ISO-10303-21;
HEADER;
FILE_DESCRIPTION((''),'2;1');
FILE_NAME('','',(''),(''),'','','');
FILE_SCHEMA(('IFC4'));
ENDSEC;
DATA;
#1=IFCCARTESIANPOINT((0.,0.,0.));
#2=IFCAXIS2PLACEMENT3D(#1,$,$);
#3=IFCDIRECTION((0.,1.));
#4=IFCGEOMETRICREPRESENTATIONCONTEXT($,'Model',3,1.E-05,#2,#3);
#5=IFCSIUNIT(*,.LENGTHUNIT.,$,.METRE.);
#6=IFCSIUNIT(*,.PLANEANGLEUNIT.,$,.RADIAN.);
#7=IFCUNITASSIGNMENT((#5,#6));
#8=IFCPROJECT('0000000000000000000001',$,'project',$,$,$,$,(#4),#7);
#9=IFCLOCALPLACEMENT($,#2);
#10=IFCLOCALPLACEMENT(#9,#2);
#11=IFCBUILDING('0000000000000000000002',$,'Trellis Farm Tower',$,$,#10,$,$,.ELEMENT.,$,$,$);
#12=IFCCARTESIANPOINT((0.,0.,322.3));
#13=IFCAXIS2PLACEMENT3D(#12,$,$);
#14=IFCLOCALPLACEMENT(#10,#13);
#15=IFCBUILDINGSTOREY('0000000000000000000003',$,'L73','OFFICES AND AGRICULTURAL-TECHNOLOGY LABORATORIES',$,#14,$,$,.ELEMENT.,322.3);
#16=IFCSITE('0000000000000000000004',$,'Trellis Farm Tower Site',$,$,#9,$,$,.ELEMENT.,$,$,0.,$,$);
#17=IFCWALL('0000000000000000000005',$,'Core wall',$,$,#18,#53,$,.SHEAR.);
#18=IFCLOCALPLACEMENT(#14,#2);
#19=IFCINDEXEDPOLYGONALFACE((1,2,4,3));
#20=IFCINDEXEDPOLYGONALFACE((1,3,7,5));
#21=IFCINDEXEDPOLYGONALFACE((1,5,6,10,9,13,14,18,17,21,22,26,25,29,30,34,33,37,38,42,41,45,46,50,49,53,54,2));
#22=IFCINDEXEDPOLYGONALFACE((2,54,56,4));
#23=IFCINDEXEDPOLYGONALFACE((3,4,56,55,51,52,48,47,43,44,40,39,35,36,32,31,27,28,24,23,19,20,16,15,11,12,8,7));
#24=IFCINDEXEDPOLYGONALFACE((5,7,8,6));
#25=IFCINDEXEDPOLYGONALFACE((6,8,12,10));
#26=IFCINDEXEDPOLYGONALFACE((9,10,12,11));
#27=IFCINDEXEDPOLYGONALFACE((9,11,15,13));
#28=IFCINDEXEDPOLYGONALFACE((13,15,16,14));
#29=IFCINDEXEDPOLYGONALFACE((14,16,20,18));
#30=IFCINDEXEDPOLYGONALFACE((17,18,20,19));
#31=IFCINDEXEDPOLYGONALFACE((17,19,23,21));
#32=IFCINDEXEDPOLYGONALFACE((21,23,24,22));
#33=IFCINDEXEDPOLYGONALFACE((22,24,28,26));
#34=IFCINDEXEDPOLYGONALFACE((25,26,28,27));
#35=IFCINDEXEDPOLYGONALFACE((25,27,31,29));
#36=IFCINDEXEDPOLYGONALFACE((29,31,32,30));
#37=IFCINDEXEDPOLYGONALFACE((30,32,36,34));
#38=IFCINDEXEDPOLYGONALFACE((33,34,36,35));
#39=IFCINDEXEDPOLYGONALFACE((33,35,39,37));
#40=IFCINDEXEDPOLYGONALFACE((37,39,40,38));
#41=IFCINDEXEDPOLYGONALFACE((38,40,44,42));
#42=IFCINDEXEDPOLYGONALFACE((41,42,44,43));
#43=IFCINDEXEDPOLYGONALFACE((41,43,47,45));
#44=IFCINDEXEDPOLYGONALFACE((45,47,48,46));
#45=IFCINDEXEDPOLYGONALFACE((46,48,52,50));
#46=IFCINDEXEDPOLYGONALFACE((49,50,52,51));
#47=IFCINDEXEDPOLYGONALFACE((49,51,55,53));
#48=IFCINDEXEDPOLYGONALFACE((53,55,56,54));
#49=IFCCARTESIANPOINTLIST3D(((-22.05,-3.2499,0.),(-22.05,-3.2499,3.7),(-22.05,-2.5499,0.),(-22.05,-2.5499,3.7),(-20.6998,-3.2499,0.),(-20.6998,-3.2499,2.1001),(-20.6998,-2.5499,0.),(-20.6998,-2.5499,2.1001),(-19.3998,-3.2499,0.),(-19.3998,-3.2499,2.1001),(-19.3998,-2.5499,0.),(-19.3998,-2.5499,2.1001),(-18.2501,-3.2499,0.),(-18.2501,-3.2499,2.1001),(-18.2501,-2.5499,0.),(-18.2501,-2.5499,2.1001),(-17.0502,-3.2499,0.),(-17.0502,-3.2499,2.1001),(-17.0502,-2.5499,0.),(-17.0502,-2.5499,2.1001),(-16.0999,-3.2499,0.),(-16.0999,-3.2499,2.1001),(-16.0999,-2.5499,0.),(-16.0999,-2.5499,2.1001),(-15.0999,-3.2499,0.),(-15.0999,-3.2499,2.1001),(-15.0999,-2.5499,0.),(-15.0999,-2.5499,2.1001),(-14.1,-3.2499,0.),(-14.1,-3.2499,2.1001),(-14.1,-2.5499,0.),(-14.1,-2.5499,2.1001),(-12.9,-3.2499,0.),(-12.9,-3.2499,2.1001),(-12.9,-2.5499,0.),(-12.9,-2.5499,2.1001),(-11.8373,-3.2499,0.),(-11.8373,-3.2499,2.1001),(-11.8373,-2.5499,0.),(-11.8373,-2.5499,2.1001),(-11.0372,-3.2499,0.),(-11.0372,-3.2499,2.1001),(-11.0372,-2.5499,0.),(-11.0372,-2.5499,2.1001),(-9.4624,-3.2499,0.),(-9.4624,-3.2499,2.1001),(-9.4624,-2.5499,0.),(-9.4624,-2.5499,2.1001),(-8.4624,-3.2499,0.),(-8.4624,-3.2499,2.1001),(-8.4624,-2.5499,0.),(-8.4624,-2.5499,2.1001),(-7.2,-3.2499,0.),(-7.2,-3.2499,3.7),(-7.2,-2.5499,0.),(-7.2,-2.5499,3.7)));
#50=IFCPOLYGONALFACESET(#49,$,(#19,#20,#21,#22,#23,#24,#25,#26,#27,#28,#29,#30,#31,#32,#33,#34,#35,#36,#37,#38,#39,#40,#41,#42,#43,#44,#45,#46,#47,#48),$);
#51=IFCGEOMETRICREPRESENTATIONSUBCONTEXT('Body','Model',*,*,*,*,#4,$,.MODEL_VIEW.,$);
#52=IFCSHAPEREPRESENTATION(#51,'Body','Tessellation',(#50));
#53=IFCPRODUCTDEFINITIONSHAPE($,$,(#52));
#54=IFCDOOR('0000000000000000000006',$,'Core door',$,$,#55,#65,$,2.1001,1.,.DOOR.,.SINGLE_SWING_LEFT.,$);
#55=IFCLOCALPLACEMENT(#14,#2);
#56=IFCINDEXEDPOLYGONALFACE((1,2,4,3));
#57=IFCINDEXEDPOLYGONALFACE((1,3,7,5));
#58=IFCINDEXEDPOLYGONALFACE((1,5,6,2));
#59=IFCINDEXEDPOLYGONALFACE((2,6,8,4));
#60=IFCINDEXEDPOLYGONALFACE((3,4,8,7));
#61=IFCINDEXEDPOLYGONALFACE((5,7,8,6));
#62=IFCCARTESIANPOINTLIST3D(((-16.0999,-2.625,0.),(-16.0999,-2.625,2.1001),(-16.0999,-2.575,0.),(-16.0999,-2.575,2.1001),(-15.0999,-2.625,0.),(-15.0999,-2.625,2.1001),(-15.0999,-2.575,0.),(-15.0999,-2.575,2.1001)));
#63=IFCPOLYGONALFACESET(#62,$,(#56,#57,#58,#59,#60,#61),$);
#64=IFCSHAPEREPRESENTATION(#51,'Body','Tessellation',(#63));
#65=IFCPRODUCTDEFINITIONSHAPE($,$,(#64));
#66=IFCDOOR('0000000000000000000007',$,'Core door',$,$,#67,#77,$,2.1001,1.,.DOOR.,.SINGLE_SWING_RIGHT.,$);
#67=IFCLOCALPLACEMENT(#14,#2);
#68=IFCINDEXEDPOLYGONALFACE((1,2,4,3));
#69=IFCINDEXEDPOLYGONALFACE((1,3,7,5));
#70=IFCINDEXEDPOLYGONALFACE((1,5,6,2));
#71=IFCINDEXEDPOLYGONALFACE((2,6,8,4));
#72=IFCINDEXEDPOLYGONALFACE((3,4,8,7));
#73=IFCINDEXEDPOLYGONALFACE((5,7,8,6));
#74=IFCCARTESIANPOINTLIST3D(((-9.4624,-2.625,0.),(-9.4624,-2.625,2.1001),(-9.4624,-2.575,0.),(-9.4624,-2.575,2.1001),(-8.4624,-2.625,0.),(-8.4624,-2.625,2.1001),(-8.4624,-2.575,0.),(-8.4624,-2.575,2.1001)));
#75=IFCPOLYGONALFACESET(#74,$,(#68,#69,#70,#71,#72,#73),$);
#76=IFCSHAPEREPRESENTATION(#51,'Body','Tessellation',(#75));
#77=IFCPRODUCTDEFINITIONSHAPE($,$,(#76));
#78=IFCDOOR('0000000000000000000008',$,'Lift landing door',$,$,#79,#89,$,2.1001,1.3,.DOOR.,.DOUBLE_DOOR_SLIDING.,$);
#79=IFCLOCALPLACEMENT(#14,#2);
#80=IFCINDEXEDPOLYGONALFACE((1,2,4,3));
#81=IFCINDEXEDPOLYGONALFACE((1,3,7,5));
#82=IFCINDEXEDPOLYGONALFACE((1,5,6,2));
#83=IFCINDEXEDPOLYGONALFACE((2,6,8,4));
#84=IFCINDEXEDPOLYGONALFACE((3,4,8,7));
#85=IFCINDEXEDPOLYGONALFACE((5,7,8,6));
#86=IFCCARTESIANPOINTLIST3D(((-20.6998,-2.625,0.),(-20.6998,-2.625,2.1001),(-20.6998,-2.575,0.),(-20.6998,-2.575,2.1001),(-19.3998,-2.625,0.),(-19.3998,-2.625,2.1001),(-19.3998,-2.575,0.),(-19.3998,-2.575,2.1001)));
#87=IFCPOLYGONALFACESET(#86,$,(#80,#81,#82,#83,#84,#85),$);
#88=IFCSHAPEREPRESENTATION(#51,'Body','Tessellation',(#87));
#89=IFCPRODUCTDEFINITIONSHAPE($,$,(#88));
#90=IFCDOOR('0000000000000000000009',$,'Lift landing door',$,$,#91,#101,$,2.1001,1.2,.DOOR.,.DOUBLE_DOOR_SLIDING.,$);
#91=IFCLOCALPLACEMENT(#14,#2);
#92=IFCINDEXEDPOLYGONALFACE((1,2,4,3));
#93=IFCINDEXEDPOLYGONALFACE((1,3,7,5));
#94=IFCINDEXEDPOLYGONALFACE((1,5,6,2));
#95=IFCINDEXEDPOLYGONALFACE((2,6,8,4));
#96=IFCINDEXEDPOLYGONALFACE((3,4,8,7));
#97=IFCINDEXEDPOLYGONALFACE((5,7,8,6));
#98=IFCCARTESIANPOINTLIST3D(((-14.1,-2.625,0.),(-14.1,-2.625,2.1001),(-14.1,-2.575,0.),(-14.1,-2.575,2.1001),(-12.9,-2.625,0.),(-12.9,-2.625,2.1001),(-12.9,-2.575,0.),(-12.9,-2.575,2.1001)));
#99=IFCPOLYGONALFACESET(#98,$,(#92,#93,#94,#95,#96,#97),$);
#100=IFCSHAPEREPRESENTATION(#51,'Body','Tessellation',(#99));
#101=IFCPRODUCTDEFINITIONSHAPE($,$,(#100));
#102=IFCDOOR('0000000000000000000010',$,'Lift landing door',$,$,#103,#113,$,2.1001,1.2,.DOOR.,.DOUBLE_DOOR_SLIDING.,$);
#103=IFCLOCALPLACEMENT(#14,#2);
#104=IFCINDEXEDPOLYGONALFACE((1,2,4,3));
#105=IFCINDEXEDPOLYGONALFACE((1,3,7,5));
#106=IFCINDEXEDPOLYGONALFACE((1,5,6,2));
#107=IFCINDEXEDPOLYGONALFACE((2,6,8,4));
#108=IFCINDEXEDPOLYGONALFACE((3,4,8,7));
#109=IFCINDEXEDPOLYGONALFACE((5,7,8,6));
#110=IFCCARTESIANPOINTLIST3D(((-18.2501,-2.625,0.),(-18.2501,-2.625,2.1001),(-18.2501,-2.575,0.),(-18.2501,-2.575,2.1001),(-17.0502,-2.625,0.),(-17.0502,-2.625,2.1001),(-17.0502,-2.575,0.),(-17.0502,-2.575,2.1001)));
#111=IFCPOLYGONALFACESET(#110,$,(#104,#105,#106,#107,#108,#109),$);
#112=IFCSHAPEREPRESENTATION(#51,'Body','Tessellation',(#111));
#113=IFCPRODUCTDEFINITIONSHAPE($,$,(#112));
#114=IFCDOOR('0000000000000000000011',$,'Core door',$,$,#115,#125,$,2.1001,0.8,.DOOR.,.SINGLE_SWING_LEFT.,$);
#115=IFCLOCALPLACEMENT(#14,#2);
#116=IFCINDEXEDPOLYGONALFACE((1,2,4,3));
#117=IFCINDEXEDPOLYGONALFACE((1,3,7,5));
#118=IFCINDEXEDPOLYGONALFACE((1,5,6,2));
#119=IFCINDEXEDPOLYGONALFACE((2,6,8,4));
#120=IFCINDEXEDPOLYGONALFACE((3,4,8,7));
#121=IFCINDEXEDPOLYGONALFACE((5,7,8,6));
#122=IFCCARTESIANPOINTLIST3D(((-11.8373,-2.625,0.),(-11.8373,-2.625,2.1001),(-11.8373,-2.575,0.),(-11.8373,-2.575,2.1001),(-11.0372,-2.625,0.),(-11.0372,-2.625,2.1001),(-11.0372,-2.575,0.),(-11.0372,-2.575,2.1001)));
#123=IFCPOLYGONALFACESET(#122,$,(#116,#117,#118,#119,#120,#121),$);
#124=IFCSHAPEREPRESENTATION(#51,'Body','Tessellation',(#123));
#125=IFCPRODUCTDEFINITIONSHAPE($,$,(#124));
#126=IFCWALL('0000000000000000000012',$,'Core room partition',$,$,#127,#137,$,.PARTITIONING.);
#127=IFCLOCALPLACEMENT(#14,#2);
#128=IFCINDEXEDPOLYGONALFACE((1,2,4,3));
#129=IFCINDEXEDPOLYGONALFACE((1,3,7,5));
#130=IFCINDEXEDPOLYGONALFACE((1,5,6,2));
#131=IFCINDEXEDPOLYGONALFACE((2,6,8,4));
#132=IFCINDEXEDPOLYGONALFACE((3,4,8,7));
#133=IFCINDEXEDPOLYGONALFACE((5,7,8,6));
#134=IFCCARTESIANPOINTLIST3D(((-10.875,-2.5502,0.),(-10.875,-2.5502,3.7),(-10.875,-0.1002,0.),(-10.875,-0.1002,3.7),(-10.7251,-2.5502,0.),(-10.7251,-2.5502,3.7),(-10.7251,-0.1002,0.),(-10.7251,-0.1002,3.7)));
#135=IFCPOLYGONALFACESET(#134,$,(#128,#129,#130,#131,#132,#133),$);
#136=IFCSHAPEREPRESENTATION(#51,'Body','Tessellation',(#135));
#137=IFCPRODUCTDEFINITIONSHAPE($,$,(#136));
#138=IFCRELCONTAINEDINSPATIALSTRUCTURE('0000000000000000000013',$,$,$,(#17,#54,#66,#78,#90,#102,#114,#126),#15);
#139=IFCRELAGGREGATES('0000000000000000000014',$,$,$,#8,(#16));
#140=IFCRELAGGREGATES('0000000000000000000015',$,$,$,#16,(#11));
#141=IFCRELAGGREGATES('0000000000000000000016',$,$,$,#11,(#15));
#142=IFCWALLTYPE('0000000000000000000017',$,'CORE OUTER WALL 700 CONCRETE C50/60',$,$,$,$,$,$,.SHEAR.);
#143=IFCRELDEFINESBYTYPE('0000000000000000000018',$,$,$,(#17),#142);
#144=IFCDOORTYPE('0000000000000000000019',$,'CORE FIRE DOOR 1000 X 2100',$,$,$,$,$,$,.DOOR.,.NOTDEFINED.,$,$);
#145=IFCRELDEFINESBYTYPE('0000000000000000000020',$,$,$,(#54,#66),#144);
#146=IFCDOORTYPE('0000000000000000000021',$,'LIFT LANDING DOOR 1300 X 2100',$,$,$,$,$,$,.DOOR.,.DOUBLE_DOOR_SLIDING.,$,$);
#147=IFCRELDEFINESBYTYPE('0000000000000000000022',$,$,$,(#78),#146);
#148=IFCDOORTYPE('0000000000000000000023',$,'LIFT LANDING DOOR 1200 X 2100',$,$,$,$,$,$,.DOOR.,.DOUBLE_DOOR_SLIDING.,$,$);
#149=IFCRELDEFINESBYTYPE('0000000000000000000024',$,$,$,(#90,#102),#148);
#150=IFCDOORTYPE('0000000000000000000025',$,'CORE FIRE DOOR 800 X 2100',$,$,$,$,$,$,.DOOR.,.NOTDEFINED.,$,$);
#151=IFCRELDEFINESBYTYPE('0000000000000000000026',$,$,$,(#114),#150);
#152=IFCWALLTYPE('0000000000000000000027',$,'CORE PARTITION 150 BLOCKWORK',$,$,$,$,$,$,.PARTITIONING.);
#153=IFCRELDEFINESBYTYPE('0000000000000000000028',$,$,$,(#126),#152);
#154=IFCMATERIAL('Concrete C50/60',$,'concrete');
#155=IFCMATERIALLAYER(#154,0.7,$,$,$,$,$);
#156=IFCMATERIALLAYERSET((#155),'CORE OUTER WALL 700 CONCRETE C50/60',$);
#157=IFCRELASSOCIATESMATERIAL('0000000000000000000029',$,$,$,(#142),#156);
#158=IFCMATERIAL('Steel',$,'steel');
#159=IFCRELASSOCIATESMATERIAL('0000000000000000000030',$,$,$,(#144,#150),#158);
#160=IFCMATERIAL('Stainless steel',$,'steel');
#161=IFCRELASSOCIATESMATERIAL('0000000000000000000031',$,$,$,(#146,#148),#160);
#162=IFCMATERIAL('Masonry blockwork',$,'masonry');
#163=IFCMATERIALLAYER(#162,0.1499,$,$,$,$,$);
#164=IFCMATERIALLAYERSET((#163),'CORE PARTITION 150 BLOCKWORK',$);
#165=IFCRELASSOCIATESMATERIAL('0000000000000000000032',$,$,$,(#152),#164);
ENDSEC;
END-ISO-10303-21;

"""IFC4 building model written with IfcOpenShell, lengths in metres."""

from ifc_helpers import new_model, si_unit, direction, frame, frame_2d, origin, place, context, subcontext, project, spatial, rectangle, extrude, source, transform, mapped, material, layer, layer_set, type_object, element, fill, save


model = new_model("IFC4")

# Units and contexts
model_context = context("Model", 3, precision=1e-05, world=origin(), true_north=direction((0.0, 1.0)))
body_context = subcontext(model_context, "Body", "Model", "MODEL_VIEW")
ifc_project = project(units=[si_unit("LENGTHUNIT", "METRE"), si_unit("PLANEANGLEUNIT", "RADIAN")], contexts=[model_context])

# Site, building, storey
site_placement = place(None, origin())
site = spatial("IfcSite", under=ifc_project, at=site_placement, Name="Trellis Farm Tower Site", CompositionType="ELEMENT", RefElevation=0.0)
building_placement = place(site_placement, origin())
building = spatial("IfcBuilding", under=site, at=building_placement, Name="Trellis Farm Tower", CompositionType="ELEMENT")
storey_placement = place(building_placement, frame((0.0, 0.0, 322.3)))
storey = spatial("IfcBuildingStorey", under=building, at=storey_placement, Name="L73", Description="OFFICES AND AGRICULTURAL-TECHNOLOGY LABORATORIES", CompositionType="ELEMENT", Elevation=322.3)

# Shared definitions
ifc_material_1 = material(Name="Concrete C50/60", Category="concrete")

# Shared definitions
ifc_material_2 = material(Name="Masonry blockwork", Category="masonry")
ifc_material_3 = material(Name="Steel", Category="steel")

# Wall, openings, doors
ifc_layer_1 = layer(ifc_material_1, 0.7)
ifc_layer_set_1 = layer_set([ifc_layer_1], Name="CORE OUTER WALL 700 CONCRETE C50/60")
wall_type_1 = type_object("IfcWallType", Name="CORE OUTER WALL 700 CONCRETE C50/60", PredefinedType="SHEAR", material=ifc_layer_set_1)
shared_shape_1 = source(origin(), body_context, "Body", "SweptSolid", [
    extrude(rectangle(XDim=14.8501, YDim=0.7, at=frame_2d((7.425, 0.0))), origin(), (0.0, 0.0, 1.0), 3.7),
])
wall_1_placement = place(storey_placement, frame((-7.2, -2.8999, 0.0), z_axis=(0.0, 0.0, 1.0), x_axis=(-1.0, 0.0, 0.0)))
wall_1 = element("IfcWall", 1, at=wall_1_placement, inside=storey, type_object=wall_type_1, Name="Core wall", PredefinedType="SHEAR", context=body_context, shape_type="MappedRepresentation", body=[
    mapped(shared_shape_1, transform((0.0, 0.0, 0.0))),
])
shared_shape_2 = source(origin(), body_context, "Body", "SweptSolid", [
    extrude(rectangle(XDim=1.2, YDim=2.1001, at=frame_2d((0.6001, 1.05))), frame((0.0, 0.3601, 0.0), z_axis=(0.0, -1.0, 0.0), x_axis=(1.0, 0.0, 0.0)), (0.0, 0.0, 1.0), 0.7202),
])
opening_1_placement = place(wall_1_placement, frame((5.7, 0.0, 0.0)))
opening_1 = element("IfcOpeningElement", 2, at=opening_1_placement, cuts=wall_1, PredefinedType="OPENING", context=body_context, shape_type="MappedRepresentation", body=[
    mapped(shared_shape_2, transform((0.0, 0.0, 0.0))),
])
shared_shape_3 = source(origin(), body_context, "Body", "SweptSolid", [
    extrude(rectangle(XDim=1.3, YDim=2.1001, at=frame_2d((0.6499, 1.05))), frame((0.0, 0.3601, 0.0), z_axis=(0.0, -1.0, 0.0), x_axis=(1.0, 0.0, 0.0)), (0.0, 0.0, 1.0), 0.7202),
])
opening_2_placement = place(wall_1_placement, frame((12.2, 0.0, 0.0)))
opening_2 = element("IfcOpeningElement", 3, at=opening_2_placement, cuts=wall_1, PredefinedType="OPENING", context=body_context, shape_type="MappedRepresentation", body=[
    mapped(shared_shape_3, transform((0.0, 0.0, 0.0))),
])
opening_3_placement = place(wall_1_placement, frame((9.8501, 0.0, 0.0)))
opening_3 = element("IfcOpeningElement", 4, at=opening_3_placement, cuts=wall_1, PredefinedType="OPENING", context=body_context, shape_type="MappedRepresentation", body=[
    mapped(shared_shape_2, transform((0.0, 0.0, 0.0))),
])
shared_shape_4 = source(origin(), body_context, "Body", "SweptSolid", [
    extrude(rectangle(XDim=1.0, YDim=2.1001, at=frame_2d((0.5, 1.05))), frame((0.0, 0.3601, 0.0), z_axis=(0.0, -1.0, 0.0), x_axis=(1.0, 0.0, 0.0)), (0.0, 0.0, 1.0), 0.7202),
])
opening_4_placement = place(wall_1_placement, frame((7.8999, 0.0, 0.0)))
opening_4 = element("IfcOpeningElement", 5, at=opening_4_placement, cuts=wall_1, PredefinedType="OPENING", context=body_context, shape_type="MappedRepresentation", body=[
    mapped(shared_shape_4, transform((0.0, 0.0, 0.0))),
])
opening_5_placement = place(wall_1_placement, frame((1.2625, 0.0, 0.0)))
opening_5 = element("IfcOpeningElement", 6, at=opening_5_placement, cuts=wall_1, PredefinedType="OPENING", context=body_context, shape_type="MappedRepresentation", body=[
    mapped(shared_shape_4, transform((0.0, 0.0, 0.0))),
])
shared_shape_5 = source(origin(), body_context, "Body", "SweptSolid", [
    extrude(rectangle(XDim=0.8, YDim=2.1001, at=frame_2d((0.3999, 1.05))), frame((0.0, 0.3601, 0.0), z_axis=(0.0, -1.0, 0.0), x_axis=(1.0, 0.0, 0.0)), (0.0, 0.0, 1.0), 0.7202),
])
opening_6_placement = place(wall_1_placement, frame((3.8374, 0.0, 0.0)))
opening_6 = element("IfcOpeningElement", 7, at=opening_6_placement, cuts=wall_1, PredefinedType="OPENING", context=body_context, shape_type="MappedRepresentation", body=[
    mapped(shared_shape_5, transform((0.0, 0.0, 0.0))),
])
door_type_1 = type_object("IfcDoorType", Name="CORE FIRE DOOR 1000 X 2100", OperationType="NOTDEFINED", PredefinedType="DOOR", material=ifc_material_3)
shared_shape_6 = source(origin(), body_context, "Body", "SweptSolid", [
    extrude(rectangle(XDim=1.0, YDim=2.1001, at=frame_2d((0.5, 1.05))), frame((0.0, -0.2749, 0.0), z_axis=(0.0, -1.0, 0.0), x_axis=(1.0, 0.0, 0.0)), (0.0, 0.0, 1.0), 0.05),
])
door_1_placement = place(opening_4_placement, origin())
door_1 = element("IfcDoor", 8, at=door_1_placement, inside=storey, type_object=door_type_1, Name="Core door", OperationType="SINGLE_SWING_LEFT", OverallHeight=2.1001, OverallWidth=1.0, PredefinedType="DOOR", context=body_context, shape_type="MappedRepresentation", body=[
    mapped(shared_shape_6, transform((0.0, 0.0, 0.0))),
])
fill(opening_4, door_1)
door_2_placement = place(opening_5_placement, origin())
door_2 = element("IfcDoor", 9, at=door_2_placement, inside=storey, type_object=door_type_1, Name="Core door", OperationType="SINGLE_SWING_RIGHT", OverallHeight=2.1001, OverallWidth=1.0, PredefinedType="DOOR", context=body_context, shape_type="MappedRepresentation", body=[
    mapped(shared_shape_6, transform((0.0, 0.0, 0.0))),
])
fill(opening_5, door_2)
ifc_material_4 = material(Name="Stainless steel", Category="steel")
door_type_2 = type_object("IfcDoorType", Name="LIFT LANDING DOOR 1300 X 2100", OperationType="DOUBLE_DOOR_SLIDING", PredefinedType="DOOR", material=ifc_material_4)
shared_shape_7 = source(origin(), body_context, "Body", "SweptSolid", [
    extrude(rectangle(XDim=1.3, YDim=2.1001, at=frame_2d((0.6499, 1.05))), frame((0.0, -0.2749, 0.0), z_axis=(0.0, -1.0, 0.0), x_axis=(1.0, 0.0, 0.0)), (0.0, 0.0, 1.0), 0.05),
])
door_3_placement = place(opening_2_placement, origin())
door_3 = element("IfcDoor", 10, at=door_3_placement, inside=storey, type_object=door_type_2, Name="Lift landing door", OperationType="DOUBLE_DOOR_SLIDING", OverallHeight=2.1001, OverallWidth=1.3, PredefinedType="DOOR", context=body_context, shape_type="MappedRepresentation", body=[
    mapped(shared_shape_7, transform((0.0, 0.0, 0.0))),
])
fill(opening_2, door_3)
door_type_3 = type_object("IfcDoorType", Name="LIFT LANDING DOOR 1200 X 2100", OperationType="DOUBLE_DOOR_SLIDING", PredefinedType="DOOR", material=ifc_material_4)
shared_shape_8 = source(origin(), body_context, "Body", "SweptSolid", [
    extrude(rectangle(XDim=1.2, YDim=2.1001, at=frame_2d((0.6001, 1.05))), frame((0.0, -0.2749, 0.0), z_axis=(0.0, -1.0, 0.0), x_axis=(1.0, 0.0, 0.0)), (0.0, 0.0, 1.0), 0.05),
])
door_4_placement = place(opening_1_placement, origin())
door_4 = element("IfcDoor", 11, at=door_4_placement, inside=storey, type_object=door_type_3, Name="Lift landing door", OperationType="DOUBLE_DOOR_SLIDING", OverallHeight=2.1001, OverallWidth=1.2, PredefinedType="DOOR", context=body_context, shape_type="MappedRepresentation", body=[
    mapped(shared_shape_8, transform((0.0, 0.0, 0.0))),
])
fill(opening_1, door_4)
door_5_placement = place(opening_3_placement, origin())
door_5 = element("IfcDoor", 12, at=door_5_placement, inside=storey, type_object=door_type_3, Name="Lift landing door", OperationType="DOUBLE_DOOR_SLIDING", OverallHeight=2.1001, OverallWidth=1.2, PredefinedType="DOOR", context=body_context, shape_type="MappedRepresentation", body=[
    mapped(shared_shape_8, transform((0.0, 0.0, 0.0))),
])
fill(opening_3, door_5)
door_type_4 = type_object("IfcDoorType", Name="CORE FIRE DOOR 800 X 2100", OperationType="NOTDEFINED", PredefinedType="DOOR", material=ifc_material_3)
shared_shape_9 = source(origin(), body_context, "Body", "SweptSolid", [
    extrude(rectangle(XDim=0.8, YDim=2.1001, at=frame_2d((0.3999, 1.05))), frame((0.0, -0.2749, 0.0), z_axis=(0.0, -1.0, 0.0), x_axis=(1.0, 0.0, 0.0)), (0.0, 0.0, 1.0), 0.05),
])
door_6_placement = place(opening_6_placement, origin())
door_6 = element("IfcDoor", 13, at=door_6_placement, inside=storey, type_object=door_type_4, Name="Core door", OperationType="SINGLE_SWING_LEFT", OverallHeight=2.1001, OverallWidth=0.8, PredefinedType="DOOR", context=body_context, shape_type="MappedRepresentation", body=[
    mapped(shared_shape_9, transform((0.0, 0.0, 0.0))),
])
fill(opening_6, door_6)

# Wall
ifc_layer_2 = layer(ifc_material_2, 0.1499)
ifc_layer_set_2 = layer_set([ifc_layer_2], Name="CORE PARTITION 150 BLOCKWORK")
wall_type_2 = type_object("IfcWallType", Name="CORE PARTITION 150 BLOCKWORK", PredefinedType="PARTITIONING", material=ifc_layer_set_2)
shared_shape_10 = source(origin(), body_context, "Body", "SweptSolid", [
    extrude(rectangle(XDim=2.45, YDim=0.1499, at=frame_2d((1.2251, 0.0))), origin(), (0.0, 0.0, 1.0), 3.7),
])
wall_2_placement = place(storey_placement, frame((-10.8, -0.1001, 0.0), z_axis=(0.0, 0.0, 1.0), x_axis=(0.0, -1.0, 0.0)))
element("IfcWall", 14, at=wall_2_placement, inside=storey, type_object=wall_type_2, Name="Core room partition", PredefinedType="PARTITIONING", context=body_context, shape_type="MappedRepresentation", body=[
    mapped(shared_shape_10, transform((0.0, 0.0, 0.0))),
])

save(model, "model.ifc")
